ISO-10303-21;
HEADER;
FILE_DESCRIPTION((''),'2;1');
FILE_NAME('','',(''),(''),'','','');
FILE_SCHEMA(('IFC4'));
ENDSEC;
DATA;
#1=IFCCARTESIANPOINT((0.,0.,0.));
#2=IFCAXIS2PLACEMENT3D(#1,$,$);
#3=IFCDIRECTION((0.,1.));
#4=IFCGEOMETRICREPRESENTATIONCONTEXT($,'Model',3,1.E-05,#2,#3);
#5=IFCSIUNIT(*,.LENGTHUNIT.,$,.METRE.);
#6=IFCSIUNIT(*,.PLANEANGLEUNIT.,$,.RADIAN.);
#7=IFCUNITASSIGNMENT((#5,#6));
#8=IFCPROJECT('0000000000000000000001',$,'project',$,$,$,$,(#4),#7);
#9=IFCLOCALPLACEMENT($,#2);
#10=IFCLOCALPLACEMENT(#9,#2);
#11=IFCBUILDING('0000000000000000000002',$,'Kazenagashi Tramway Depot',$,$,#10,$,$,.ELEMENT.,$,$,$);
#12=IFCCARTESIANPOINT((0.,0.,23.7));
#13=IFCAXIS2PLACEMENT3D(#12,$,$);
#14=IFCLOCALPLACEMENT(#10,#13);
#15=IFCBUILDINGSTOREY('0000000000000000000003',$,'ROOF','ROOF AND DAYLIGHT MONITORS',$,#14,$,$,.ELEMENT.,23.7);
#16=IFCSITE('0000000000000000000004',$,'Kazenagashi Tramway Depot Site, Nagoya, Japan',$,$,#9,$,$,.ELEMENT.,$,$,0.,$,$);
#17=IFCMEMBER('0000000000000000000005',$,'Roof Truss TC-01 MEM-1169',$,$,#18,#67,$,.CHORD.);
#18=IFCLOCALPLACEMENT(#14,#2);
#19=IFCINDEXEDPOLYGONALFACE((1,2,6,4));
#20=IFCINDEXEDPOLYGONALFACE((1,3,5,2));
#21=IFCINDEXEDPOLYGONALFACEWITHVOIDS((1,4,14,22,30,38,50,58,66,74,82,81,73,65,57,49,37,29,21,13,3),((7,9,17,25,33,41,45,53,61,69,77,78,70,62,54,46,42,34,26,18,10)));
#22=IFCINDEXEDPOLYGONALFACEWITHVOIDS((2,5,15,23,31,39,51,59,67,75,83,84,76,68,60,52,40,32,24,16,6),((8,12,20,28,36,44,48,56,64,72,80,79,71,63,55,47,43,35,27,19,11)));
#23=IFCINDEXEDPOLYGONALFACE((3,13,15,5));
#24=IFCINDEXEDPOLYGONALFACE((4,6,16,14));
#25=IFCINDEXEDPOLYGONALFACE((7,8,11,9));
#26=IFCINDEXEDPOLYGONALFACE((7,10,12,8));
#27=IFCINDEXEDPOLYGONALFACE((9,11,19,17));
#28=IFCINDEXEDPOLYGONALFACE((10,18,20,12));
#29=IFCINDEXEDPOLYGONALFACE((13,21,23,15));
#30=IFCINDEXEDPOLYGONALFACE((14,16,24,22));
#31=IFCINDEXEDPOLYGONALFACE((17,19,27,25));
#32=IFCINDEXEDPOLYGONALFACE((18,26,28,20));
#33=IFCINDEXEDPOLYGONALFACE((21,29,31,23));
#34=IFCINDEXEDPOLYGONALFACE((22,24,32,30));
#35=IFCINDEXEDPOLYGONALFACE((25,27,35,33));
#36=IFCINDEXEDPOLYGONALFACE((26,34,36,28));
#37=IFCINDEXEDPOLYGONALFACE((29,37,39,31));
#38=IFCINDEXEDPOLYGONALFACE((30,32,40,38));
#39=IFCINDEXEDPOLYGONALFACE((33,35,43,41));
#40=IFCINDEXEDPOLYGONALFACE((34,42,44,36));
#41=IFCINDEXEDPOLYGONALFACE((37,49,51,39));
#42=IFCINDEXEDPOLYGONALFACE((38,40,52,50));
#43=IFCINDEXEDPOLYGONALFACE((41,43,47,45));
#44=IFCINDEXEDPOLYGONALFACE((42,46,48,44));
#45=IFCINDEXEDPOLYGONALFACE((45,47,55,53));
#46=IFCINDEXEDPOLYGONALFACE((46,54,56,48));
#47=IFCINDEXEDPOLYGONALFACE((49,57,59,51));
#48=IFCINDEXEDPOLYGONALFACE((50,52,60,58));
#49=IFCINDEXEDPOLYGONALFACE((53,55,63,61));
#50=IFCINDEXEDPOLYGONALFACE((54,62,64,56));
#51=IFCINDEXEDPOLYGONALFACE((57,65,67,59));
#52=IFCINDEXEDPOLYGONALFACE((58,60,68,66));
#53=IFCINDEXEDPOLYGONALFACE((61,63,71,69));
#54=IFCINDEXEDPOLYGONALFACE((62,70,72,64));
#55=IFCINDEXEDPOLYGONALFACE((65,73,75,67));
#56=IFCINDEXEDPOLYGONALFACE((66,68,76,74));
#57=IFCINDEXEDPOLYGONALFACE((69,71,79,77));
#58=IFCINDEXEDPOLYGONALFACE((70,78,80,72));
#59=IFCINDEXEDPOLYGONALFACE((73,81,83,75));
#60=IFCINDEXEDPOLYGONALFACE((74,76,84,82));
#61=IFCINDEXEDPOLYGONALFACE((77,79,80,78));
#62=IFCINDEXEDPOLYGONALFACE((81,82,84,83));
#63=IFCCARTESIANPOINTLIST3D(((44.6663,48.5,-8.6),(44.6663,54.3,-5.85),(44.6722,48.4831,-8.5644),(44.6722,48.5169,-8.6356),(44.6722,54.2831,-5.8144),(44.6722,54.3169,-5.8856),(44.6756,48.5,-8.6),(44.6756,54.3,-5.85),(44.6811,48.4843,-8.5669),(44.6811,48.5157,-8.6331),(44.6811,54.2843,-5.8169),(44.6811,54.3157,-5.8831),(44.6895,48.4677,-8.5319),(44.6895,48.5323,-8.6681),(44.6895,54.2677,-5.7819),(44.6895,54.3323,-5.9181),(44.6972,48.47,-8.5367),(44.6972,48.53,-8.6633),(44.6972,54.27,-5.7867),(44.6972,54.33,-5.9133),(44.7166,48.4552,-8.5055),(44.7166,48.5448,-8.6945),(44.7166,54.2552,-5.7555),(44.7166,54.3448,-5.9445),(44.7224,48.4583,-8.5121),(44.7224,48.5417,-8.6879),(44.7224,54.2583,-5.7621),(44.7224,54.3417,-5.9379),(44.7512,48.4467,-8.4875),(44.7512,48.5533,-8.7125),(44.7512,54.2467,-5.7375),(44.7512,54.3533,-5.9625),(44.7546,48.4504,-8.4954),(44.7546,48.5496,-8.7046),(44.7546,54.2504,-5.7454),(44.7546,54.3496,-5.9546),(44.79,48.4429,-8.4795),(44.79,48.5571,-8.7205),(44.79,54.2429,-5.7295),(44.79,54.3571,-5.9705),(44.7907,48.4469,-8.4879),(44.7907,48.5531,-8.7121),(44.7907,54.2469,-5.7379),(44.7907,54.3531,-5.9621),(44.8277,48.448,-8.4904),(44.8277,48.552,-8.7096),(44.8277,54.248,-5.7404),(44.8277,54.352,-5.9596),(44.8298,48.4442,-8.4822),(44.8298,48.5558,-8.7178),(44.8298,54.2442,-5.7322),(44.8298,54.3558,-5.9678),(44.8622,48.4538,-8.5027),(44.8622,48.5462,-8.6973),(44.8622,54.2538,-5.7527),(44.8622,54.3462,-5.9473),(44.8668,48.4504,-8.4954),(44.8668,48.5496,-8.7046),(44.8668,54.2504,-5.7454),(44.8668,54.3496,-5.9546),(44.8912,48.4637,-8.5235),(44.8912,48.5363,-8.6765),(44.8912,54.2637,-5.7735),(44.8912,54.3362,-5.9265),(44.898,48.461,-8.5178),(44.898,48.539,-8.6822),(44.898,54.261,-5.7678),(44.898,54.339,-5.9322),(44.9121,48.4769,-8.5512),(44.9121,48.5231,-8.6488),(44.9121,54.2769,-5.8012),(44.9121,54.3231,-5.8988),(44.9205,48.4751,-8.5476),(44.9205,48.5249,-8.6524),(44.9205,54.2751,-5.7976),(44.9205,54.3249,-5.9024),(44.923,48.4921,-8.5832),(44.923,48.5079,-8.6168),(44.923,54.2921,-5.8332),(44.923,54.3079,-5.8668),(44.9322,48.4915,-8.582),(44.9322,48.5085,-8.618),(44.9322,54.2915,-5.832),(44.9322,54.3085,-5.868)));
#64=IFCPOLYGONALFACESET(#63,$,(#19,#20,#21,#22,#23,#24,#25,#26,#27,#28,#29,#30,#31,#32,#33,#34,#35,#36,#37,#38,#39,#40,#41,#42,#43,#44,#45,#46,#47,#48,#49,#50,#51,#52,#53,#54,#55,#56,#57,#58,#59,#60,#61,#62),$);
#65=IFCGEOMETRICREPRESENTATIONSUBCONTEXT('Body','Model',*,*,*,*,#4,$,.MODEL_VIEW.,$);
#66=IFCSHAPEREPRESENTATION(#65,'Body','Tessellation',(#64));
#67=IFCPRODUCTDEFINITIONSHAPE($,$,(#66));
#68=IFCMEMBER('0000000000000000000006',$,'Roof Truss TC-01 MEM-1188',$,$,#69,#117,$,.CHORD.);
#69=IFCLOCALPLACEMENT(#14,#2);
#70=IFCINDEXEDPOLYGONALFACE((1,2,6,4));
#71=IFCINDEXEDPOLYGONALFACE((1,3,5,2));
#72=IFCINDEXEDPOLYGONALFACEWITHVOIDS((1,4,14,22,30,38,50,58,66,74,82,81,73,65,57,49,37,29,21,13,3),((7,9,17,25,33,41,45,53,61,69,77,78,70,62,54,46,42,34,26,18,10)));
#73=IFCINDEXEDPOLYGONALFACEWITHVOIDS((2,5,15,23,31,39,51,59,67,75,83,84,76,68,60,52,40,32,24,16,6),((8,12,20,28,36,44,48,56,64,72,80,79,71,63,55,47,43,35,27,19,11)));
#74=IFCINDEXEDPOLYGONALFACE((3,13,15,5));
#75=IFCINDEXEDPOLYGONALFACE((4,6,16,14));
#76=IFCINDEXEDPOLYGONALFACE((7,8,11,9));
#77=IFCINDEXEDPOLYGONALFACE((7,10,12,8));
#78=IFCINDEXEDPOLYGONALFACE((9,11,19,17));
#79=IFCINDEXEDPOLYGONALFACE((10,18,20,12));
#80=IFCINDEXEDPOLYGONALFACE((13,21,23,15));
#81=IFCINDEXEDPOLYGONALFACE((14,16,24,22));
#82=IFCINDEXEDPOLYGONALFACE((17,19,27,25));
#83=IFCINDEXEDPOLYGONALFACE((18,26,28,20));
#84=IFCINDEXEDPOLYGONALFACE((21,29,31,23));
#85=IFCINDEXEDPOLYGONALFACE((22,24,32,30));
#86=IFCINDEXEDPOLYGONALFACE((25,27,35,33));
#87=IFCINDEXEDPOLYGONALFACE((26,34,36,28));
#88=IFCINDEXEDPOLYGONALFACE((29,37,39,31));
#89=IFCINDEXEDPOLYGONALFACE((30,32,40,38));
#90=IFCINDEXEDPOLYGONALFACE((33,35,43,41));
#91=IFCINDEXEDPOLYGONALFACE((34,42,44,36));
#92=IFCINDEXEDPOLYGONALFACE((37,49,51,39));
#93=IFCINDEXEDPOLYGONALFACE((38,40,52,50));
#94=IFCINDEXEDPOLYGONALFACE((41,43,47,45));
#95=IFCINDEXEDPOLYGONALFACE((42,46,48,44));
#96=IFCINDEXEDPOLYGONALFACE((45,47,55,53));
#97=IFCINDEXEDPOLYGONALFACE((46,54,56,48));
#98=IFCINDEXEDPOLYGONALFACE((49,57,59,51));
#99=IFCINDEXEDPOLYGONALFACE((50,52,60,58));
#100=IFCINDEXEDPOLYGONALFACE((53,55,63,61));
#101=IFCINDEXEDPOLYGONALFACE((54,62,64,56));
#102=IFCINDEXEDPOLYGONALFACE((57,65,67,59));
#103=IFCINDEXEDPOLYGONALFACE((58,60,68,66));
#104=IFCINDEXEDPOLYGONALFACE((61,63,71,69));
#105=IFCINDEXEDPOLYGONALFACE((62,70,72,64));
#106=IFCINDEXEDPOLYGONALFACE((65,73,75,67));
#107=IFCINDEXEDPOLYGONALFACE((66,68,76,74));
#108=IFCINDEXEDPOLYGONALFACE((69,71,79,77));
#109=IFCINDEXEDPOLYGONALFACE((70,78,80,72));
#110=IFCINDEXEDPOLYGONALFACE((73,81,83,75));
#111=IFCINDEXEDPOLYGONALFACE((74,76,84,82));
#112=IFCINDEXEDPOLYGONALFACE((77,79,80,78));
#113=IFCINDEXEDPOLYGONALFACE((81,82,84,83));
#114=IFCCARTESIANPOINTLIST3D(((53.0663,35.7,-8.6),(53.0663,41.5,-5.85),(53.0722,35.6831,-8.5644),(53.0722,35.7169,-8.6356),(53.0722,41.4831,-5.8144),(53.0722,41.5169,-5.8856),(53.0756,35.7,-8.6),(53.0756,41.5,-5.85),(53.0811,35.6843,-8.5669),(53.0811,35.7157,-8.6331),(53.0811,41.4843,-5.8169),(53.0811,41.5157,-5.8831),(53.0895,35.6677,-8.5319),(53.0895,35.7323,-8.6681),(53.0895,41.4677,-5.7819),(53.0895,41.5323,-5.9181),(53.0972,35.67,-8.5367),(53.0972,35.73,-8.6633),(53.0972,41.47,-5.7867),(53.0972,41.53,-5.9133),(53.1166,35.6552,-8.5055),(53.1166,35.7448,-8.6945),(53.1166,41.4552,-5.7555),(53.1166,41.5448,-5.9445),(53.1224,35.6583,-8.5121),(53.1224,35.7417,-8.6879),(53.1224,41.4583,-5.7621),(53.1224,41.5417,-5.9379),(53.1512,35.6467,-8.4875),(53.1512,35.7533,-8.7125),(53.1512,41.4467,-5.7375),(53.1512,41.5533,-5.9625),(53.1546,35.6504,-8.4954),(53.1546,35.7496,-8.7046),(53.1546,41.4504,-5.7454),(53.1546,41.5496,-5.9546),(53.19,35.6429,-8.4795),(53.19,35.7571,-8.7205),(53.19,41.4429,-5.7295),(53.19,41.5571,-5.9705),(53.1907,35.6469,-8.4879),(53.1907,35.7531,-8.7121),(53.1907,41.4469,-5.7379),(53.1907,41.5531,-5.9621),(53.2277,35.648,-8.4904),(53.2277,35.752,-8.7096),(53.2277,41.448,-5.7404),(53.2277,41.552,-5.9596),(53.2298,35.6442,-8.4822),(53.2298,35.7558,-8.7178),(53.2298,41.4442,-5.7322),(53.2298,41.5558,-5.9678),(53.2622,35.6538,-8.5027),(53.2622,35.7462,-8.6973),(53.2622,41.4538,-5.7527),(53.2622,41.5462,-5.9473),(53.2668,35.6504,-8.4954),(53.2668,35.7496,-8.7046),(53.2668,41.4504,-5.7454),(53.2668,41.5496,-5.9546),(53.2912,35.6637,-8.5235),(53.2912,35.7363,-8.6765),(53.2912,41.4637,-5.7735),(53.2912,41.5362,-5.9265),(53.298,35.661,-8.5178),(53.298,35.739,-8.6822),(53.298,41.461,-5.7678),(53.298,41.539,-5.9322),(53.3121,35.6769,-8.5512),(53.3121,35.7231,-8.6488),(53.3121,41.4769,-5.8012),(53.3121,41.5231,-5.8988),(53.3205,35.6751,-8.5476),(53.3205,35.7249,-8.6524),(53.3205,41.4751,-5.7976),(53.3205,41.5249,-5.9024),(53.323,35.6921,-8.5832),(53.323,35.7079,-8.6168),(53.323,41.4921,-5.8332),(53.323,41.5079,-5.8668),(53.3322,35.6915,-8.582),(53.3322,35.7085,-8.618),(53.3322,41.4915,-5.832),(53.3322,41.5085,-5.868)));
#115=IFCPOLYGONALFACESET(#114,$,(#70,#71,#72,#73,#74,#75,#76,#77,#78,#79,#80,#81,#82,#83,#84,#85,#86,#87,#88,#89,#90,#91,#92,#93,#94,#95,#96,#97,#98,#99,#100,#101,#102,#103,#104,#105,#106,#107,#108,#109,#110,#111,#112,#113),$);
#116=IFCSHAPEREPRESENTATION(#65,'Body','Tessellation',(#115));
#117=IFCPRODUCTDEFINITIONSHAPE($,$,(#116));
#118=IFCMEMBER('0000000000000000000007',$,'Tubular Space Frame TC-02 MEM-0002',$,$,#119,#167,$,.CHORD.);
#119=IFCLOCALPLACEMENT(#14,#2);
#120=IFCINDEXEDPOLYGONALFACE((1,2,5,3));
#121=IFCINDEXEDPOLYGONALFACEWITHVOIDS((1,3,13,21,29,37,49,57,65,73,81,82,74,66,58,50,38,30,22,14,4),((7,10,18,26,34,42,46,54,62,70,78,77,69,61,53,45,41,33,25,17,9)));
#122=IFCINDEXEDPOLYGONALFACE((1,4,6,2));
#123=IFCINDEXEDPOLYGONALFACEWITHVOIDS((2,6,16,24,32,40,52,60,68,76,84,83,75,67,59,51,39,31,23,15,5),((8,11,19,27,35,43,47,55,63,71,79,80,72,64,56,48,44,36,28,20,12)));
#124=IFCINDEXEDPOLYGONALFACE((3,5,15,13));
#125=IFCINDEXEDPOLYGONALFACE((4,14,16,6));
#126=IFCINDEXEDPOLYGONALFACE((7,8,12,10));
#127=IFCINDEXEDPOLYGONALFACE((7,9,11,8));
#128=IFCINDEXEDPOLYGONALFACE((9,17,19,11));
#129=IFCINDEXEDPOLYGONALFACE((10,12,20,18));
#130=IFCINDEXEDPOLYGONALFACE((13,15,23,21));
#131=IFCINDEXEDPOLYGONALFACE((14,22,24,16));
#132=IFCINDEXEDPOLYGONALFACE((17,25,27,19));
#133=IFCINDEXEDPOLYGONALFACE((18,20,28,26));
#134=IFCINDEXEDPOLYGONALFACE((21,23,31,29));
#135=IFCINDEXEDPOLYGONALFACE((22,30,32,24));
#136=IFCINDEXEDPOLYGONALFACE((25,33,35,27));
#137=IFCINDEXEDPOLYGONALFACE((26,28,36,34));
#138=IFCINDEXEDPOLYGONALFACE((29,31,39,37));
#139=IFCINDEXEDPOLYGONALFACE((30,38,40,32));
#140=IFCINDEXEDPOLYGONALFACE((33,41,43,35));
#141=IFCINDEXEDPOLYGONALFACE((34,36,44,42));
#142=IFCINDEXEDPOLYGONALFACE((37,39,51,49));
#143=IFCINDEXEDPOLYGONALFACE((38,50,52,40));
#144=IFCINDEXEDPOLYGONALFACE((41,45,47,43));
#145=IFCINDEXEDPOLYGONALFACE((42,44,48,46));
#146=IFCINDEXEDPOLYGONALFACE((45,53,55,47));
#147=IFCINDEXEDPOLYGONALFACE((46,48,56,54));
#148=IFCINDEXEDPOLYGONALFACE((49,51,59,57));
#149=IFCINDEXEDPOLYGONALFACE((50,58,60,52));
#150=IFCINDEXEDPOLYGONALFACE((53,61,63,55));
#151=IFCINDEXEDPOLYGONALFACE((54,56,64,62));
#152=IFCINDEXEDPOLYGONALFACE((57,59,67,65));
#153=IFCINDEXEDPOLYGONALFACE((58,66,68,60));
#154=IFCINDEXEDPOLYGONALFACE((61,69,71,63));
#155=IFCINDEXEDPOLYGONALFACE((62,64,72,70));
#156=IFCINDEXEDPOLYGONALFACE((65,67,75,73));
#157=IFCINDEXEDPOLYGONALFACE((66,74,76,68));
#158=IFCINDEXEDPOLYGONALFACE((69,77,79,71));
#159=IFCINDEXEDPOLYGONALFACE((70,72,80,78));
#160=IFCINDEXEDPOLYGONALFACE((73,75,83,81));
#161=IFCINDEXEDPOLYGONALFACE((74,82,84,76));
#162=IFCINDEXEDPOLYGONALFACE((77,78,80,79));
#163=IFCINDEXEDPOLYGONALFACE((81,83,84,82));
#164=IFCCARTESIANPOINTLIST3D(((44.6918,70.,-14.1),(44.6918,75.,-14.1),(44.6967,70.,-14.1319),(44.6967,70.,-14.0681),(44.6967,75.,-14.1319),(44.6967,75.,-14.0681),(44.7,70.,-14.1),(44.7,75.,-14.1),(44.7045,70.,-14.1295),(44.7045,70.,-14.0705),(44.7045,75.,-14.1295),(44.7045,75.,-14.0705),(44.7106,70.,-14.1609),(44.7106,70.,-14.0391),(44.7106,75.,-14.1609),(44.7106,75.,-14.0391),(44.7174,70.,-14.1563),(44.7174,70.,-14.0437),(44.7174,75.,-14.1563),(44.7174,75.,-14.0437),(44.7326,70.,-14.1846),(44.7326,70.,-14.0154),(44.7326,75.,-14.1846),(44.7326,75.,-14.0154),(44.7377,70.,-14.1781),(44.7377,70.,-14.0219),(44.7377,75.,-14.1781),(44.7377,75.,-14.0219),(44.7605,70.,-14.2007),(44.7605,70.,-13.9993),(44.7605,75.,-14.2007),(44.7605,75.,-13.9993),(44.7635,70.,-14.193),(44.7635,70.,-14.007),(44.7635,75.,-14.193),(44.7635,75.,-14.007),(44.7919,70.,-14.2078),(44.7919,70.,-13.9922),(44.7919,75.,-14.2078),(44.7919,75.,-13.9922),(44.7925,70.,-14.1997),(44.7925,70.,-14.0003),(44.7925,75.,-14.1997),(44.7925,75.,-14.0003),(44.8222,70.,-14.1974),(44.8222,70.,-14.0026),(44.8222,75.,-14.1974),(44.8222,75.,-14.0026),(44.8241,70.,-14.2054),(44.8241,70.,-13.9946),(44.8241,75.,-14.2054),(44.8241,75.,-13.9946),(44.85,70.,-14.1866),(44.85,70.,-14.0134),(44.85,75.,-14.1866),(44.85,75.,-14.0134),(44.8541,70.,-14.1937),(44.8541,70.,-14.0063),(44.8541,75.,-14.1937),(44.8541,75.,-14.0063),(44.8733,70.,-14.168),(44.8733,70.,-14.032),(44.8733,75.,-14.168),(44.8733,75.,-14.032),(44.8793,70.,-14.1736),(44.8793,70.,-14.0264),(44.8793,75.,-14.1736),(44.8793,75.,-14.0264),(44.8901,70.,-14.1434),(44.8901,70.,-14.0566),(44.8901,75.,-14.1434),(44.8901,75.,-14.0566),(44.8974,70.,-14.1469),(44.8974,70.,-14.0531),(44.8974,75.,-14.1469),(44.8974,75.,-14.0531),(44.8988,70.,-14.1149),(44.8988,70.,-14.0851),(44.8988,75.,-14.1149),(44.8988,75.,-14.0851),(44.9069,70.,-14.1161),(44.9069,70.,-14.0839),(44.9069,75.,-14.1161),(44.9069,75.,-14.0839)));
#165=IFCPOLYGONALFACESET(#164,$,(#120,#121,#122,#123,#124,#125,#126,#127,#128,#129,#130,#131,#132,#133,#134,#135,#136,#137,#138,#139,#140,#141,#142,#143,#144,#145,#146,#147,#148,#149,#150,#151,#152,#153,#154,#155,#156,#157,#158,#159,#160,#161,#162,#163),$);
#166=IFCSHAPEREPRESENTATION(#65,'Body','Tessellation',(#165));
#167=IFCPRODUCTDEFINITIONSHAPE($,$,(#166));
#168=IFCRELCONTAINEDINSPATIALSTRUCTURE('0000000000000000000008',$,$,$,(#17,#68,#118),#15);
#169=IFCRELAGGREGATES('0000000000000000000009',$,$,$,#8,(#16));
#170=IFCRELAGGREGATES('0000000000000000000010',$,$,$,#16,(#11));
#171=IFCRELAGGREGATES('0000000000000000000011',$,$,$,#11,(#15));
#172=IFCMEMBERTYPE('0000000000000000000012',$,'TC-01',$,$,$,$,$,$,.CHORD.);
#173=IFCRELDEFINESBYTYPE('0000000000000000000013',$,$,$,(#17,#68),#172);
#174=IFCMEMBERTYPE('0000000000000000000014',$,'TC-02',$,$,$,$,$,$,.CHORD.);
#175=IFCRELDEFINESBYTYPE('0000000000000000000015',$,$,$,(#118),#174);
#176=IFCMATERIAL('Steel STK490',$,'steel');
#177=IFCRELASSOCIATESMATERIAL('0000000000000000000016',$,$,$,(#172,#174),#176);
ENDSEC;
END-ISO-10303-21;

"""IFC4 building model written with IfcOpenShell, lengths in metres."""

from ifc_helpers import new_model, si_unit, direction, frame, origin, origin_2d, place, context, subcontext, project, spatial, hollow_circle, extrude, material, material_profile, profile_set, type_object, element, save


model = new_model("IFC4")

# Units and contexts
model_context = context("Model", 3, precision=1e-05, world=origin(), true_north=direction((0.0, 1.0)))
body_context = subcontext(model_context, "Body", "Model", "MODEL_VIEW")
ifc_project = project(units=[si_unit("LENGTHUNIT", "METRE"), si_unit("PLANEANGLEUNIT", "RADIAN")], contexts=[model_context])

# Site, building, storey
site_placement = place(None, origin())
site = spatial("IfcSite", under=ifc_project, at=site_placement, Name="Kazenagashi Tramway Depot Site, Nagoya, Japan", CompositionType="ELEMENT", RefElevation=0.0)
building_placement = place(site_placement, origin())
building = spatial("IfcBuilding", under=site, at=building_placement, Name="Kazenagashi Tramway Depot", CompositionType="ELEMENT")
storey_placement = place(building_placement, frame((0.0, 0.0, 23.7)))
storey = spatial("IfcBuildingStorey", under=building, at=storey_placement, Name="ROOF", Description="ROOF AND DAYLIGHT MONITORS", CompositionType="ELEMENT", Elevation=23.7)

# Members
ifc_material_1 = material(Name="Steel STK490", Category="steel")
ifc_material_profile_1 = material_profile(ifc_material_1, hollow_circle(Radius=0.1337, WallThickness=0.0093, at=origin_2d()), Name="CHS-267.4x9.3")
ifc_profile_set_1 = profile_set([ifc_material_profile_1], Name="Steel STK490")
member_type_1 = type_object("IfcMemberType", Name="TC-01", PredefinedType="CHORD", material=ifc_profile_set_1)
for number, where, z_axis, x_axis, name in (
    (1, (44.8, 48.5, -8.6), (0.0, 0.903579, 0.428421), (-1.0, 0.0, 0.0), "Roof Truss TC-01 MEM-1169"),
    (2, (53.2, 35.7, -8.6), (0.0, 0.903579, 0.428421), (-1.0, 0.0, 0.0), "Roof Truss TC-01 MEM-1188"),
):
    element("IfcMember", number, at=place(storey_placement, frame(where, z_axis=z_axis, x_axis=x_axis)), inside=storey, type_object=member_type_1, Name=name, PredefinedType="CHORD", context=body_context, shape_type="SweptSolid", body=[
        extrude(hollow_circle(Radius=0.1337, WallThickness=0.0093, at=origin_2d()), origin(), (0.0, 0.0, 1.0), 6.4189),
    ])
ifc_material_profile_2 = material_profile(ifc_material_1, hollow_circle(Radius=0.1081, WallThickness=0.0082, at=origin_2d()), Name="CHS-216.3x8.2")
ifc_profile_set_2 = profile_set([ifc_material_profile_2], Name="Steel STK490")
member_type_2 = type_object("IfcMemberType", Name="TC-02", PredefinedType="CHORD", material=ifc_profile_set_2)
for number, where, z_axis, x_axis, name in (
    (3, (44.8, 70.0, -14.1), (0.0, 1.0, 0.0), (-1.0, 0.0, 0.0), "Tubular Space Frame TC-02 MEM-0002"),
):
    element("IfcMember", number, at=place(storey_placement, frame(where, z_axis=z_axis, x_axis=x_axis)), inside=storey, type_object=member_type_2, Name=name, PredefinedType="CHORD", context=body_context, shape_type="SweptSolid", body=[
        extrude(hollow_circle(Radius=0.1081, WallThickness=0.0082, at=origin_2d()), origin(), (0.0, 0.0, 1.0), 5.0),
    ])

save(model, "model.ifc")
